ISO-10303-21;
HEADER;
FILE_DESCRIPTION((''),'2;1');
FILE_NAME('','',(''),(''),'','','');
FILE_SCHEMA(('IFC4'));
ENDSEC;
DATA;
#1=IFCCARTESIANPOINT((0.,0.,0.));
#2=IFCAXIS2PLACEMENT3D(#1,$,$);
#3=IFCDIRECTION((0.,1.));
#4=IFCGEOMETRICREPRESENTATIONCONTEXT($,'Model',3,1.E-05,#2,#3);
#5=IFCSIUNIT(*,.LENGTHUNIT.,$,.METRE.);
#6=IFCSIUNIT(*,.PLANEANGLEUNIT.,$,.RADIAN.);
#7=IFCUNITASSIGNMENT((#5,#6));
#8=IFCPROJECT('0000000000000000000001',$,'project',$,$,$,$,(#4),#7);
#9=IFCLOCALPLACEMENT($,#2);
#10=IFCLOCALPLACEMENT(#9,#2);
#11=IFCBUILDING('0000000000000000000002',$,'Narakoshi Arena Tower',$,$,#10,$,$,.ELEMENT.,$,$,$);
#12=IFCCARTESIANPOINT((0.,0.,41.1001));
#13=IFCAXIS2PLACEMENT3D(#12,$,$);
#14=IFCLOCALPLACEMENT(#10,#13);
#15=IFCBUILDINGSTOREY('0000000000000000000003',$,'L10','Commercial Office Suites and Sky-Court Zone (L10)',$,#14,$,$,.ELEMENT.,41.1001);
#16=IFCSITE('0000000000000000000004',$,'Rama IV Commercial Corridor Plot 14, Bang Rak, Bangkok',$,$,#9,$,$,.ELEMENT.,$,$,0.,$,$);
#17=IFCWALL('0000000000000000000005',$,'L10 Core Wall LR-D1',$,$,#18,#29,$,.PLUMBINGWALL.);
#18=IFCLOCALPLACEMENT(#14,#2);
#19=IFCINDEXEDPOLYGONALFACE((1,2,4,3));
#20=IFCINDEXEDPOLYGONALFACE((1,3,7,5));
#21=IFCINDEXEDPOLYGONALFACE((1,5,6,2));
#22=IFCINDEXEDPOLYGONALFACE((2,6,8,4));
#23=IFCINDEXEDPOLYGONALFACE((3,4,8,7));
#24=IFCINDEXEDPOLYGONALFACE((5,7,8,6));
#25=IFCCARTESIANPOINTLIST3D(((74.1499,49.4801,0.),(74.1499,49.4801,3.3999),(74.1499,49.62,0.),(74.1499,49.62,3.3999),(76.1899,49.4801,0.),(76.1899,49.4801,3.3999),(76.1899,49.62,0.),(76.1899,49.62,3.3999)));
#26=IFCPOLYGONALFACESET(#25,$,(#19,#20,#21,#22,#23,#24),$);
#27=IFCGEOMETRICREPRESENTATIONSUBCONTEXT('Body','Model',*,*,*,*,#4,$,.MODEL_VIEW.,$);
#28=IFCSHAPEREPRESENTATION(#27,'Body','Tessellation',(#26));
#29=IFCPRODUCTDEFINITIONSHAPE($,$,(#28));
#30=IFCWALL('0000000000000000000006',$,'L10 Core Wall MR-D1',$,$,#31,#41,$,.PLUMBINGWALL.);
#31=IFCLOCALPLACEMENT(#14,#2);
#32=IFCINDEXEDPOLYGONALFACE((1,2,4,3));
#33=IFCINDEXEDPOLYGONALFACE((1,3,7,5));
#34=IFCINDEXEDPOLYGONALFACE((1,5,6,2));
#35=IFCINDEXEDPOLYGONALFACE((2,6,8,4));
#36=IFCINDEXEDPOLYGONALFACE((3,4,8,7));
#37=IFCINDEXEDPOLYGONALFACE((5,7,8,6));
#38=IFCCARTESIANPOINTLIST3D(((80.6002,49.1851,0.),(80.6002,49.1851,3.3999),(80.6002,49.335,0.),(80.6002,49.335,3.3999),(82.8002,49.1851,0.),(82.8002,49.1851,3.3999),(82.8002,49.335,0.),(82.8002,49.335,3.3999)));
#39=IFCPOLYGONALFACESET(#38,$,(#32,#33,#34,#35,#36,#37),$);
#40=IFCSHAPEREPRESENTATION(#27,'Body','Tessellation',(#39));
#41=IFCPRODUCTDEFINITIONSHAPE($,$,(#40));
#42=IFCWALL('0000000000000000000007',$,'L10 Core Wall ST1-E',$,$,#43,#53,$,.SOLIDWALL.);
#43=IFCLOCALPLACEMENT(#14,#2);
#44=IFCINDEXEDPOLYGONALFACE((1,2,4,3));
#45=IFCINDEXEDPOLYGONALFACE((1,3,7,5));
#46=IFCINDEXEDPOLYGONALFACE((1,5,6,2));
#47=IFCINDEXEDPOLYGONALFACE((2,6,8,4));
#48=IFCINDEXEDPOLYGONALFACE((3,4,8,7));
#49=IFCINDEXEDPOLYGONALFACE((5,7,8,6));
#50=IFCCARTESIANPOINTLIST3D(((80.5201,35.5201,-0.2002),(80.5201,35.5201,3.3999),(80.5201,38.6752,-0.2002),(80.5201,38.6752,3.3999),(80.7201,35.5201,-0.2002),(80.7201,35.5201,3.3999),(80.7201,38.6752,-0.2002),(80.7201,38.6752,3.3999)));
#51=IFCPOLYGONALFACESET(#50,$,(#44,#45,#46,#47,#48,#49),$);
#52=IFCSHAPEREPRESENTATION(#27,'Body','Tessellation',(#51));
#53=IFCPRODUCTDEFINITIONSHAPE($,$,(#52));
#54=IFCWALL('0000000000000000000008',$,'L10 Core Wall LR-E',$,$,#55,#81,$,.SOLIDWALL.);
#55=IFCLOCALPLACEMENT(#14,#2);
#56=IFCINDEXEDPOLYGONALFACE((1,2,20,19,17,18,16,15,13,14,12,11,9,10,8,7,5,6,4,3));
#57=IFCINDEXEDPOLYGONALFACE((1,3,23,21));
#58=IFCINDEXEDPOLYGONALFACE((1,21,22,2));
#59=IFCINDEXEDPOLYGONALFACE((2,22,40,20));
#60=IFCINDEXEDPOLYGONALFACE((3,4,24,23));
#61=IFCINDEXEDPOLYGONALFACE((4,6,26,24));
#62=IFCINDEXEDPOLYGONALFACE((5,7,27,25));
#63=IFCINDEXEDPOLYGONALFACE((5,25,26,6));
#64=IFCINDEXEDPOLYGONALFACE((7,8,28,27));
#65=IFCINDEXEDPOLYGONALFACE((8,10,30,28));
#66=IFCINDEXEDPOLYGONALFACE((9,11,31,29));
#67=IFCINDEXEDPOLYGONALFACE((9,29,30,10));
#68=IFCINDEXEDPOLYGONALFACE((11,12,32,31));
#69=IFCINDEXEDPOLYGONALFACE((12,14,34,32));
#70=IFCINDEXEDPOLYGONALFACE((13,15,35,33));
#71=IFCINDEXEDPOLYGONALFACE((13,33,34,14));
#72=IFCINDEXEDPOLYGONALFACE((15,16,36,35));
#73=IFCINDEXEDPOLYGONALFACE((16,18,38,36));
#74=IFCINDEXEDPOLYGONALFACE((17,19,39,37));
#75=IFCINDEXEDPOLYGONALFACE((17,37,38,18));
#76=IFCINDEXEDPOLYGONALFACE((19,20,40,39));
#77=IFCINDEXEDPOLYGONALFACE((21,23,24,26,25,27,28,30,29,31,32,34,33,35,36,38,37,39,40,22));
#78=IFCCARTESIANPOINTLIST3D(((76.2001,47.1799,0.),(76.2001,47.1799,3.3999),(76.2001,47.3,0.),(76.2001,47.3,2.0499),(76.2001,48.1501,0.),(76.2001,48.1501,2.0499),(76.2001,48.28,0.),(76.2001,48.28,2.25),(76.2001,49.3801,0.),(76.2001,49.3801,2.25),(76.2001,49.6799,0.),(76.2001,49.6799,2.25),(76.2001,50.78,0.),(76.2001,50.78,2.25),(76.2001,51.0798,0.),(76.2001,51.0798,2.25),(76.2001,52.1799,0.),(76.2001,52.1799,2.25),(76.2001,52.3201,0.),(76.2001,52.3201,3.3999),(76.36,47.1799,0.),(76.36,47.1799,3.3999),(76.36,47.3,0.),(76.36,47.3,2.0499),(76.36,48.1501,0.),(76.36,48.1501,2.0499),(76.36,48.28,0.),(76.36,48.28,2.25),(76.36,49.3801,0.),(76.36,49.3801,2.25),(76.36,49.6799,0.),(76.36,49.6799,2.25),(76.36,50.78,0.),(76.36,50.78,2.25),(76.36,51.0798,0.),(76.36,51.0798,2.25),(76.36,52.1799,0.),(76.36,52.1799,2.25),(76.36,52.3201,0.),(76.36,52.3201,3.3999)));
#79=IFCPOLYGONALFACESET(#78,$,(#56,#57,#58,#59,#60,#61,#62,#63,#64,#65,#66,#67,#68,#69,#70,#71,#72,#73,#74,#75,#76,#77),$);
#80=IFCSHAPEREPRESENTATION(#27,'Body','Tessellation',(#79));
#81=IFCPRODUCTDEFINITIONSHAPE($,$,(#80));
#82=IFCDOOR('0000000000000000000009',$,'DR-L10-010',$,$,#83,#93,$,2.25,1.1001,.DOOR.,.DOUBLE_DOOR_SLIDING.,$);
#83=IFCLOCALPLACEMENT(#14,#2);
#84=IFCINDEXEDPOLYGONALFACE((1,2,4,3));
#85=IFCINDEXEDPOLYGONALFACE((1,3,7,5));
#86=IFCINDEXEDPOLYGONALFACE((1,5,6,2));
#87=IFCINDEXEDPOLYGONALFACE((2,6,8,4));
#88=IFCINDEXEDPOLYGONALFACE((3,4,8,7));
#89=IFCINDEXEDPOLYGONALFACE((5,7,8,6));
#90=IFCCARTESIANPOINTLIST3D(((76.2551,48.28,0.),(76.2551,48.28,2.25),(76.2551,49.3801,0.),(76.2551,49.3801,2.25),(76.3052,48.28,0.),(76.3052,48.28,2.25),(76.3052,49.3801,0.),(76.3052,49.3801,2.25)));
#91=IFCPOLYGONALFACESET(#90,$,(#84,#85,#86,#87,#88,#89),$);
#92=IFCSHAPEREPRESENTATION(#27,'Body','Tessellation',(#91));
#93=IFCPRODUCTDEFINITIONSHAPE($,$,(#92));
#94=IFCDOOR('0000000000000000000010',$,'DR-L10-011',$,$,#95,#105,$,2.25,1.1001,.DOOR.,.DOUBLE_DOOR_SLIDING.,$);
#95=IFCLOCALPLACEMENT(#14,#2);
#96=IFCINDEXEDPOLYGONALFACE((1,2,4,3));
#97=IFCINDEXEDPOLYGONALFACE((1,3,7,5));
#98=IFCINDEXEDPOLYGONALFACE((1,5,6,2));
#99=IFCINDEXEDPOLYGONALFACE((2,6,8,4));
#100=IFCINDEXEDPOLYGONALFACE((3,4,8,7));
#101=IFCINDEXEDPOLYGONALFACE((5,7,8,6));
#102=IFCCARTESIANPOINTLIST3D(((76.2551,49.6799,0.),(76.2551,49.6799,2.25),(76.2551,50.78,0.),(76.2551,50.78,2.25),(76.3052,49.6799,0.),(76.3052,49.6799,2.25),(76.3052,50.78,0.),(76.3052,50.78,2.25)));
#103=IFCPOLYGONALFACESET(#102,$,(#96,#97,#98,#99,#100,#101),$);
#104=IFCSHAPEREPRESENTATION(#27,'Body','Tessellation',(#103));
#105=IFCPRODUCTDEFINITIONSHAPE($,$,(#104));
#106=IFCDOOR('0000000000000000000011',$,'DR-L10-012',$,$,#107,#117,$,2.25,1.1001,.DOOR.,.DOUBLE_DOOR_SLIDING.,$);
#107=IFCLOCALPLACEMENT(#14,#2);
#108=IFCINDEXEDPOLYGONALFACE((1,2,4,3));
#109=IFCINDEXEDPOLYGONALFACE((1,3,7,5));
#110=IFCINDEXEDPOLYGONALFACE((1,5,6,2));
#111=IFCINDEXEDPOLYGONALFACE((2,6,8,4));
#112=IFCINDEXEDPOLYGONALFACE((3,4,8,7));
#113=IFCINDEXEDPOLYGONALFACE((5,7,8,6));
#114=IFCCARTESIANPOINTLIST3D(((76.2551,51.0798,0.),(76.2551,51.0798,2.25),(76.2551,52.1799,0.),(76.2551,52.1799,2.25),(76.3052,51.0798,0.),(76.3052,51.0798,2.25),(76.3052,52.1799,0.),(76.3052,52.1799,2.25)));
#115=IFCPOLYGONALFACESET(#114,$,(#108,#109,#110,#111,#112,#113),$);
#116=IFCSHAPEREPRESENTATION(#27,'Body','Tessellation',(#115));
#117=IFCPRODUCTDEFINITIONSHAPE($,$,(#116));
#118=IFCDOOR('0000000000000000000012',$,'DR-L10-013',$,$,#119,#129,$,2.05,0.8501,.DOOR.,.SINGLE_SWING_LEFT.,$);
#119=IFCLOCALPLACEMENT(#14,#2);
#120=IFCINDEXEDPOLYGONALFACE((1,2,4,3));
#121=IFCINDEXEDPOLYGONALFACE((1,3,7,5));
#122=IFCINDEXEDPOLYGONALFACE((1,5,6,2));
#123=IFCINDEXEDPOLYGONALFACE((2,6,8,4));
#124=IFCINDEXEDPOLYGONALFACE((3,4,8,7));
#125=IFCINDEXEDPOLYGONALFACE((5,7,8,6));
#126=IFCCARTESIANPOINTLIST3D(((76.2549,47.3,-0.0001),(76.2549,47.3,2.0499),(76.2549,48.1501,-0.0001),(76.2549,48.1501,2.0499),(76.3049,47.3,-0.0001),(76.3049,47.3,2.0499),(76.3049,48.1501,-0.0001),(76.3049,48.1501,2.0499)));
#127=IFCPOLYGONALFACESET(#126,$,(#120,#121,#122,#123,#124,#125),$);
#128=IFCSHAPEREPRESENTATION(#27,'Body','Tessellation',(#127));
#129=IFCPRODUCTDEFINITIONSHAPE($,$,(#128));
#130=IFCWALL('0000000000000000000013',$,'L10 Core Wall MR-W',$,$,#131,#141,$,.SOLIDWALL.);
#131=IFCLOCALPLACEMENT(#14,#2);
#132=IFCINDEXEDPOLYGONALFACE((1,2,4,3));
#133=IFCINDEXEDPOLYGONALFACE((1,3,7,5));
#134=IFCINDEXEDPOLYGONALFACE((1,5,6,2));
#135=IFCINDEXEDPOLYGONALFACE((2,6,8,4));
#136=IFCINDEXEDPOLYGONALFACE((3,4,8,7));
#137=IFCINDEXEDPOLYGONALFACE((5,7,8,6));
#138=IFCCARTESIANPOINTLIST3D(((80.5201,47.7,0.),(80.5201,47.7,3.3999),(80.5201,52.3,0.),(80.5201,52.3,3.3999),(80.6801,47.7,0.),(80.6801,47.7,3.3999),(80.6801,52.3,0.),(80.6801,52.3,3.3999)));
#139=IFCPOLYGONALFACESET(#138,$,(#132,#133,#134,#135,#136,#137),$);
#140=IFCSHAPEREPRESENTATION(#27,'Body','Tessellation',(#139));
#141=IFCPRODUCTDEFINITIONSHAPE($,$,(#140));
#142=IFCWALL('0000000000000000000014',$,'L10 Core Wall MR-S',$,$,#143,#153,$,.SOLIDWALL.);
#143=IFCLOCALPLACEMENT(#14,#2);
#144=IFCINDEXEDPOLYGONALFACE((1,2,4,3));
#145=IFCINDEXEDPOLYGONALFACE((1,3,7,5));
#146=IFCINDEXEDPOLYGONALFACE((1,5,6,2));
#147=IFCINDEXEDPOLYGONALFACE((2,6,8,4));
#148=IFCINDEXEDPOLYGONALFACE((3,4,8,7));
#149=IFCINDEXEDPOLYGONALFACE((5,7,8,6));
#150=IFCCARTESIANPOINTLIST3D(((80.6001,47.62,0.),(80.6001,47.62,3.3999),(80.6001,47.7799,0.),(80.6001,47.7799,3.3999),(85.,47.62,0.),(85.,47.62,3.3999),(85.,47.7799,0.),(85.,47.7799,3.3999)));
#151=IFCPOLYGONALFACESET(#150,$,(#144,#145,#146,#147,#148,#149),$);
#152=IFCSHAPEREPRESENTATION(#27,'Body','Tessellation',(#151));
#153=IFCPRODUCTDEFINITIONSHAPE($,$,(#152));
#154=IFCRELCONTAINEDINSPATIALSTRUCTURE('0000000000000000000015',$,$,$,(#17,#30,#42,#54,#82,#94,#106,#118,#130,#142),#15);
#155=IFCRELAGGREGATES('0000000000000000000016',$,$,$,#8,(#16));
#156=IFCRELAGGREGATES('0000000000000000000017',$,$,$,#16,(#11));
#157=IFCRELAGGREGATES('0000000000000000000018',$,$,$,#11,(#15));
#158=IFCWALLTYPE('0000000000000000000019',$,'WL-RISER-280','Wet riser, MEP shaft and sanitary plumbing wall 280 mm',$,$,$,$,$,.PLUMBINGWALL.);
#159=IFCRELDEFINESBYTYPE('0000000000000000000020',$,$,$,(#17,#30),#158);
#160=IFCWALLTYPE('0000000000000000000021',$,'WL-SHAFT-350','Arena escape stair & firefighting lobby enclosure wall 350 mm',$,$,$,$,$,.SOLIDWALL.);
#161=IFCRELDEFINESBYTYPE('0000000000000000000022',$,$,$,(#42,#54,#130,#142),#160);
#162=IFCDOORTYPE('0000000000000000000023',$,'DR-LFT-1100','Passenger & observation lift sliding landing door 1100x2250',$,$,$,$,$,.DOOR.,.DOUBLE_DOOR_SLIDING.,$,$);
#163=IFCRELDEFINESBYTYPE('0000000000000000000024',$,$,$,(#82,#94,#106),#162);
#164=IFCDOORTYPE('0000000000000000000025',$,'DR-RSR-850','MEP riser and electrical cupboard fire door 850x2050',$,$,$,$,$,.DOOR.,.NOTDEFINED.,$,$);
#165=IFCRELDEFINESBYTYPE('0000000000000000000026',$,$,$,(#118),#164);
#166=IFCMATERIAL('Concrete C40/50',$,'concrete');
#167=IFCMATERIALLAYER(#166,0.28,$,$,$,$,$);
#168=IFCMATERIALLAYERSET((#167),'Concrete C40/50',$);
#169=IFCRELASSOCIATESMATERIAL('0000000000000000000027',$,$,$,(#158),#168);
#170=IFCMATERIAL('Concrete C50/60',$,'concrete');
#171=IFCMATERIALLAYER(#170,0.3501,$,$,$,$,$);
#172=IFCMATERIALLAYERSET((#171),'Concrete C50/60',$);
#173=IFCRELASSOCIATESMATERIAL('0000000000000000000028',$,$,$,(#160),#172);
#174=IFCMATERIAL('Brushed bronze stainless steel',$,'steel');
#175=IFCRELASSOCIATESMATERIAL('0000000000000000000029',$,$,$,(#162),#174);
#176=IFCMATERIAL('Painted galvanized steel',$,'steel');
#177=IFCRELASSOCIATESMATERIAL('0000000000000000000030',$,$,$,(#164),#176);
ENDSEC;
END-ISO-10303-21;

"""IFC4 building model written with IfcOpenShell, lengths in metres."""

from ifc_helpers import new_model, si_unit, direction, frame, frame_2d, origin, place, context, subcontext, project, spatial, rectangle, extrude, material, layer, layer_set, type_object, element, fill, save


model = new_model("IFC4")

# Units and contexts
model_context = context("Model", 3, precision=1e-05, world=origin(), true_north=direction((0.0, 1.0)))
body_context = subcontext(model_context, "Body", "Model", "MODEL_VIEW")
ifc_project = project(units=[si_unit("LENGTHUNIT", "METRE"), si_unit("PLANEANGLEUNIT", "RADIAN")], contexts=[model_context])

# Site, building, storey
site_placement = place(None, origin())
site = spatial("IfcSite", under=ifc_project, at=site_placement, Name="Rama IV Commercial Corridor Plot 14, Bang Rak, Bangkok", CompositionType="ELEMENT", RefElevation=0.0)
building_placement = place(site_placement, origin())
building = spatial("IfcBuilding", under=site, at=building_placement, Name="Narakoshi Arena Tower", CompositionType="ELEMENT")
storey_placement = place(building_placement, frame((0.0, 0.0, 41.1001)))
storey = spatial("IfcBuildingStorey", under=building, at=storey_placement, Name="L10", Description="Commercial Office Suites and Sky-Court Zone (L10)", CompositionType="ELEMENT", Elevation=41.1001)

# Walls
ifc_material_1 = material(Name="Concrete C40/50", Category="concrete")
ifc_layer_1 = layer(ifc_material_1, 0.28)
ifc_layer_set_1 = layer_set([ifc_layer_1], Name="Concrete C40/50")
wall_type_1 = type_object("IfcWallType", Name="WL-RISER-280", Description="Wet riser, MEP shaft and sanitary plumbing wall 280 mm", PredefinedType="PLUMBINGWALL", material=ifc_layer_set_1)
wall_1_placement = place(storey_placement, frame((74.1499, 49.55, 0.0), z_axis=(0.0, 0.0, 1.0), x_axis=(1.0, 0.0, 0.0)))
element("IfcWall", 1, at=wall_1_placement, inside=storey, type_object=wall_type_1, Name="L10 Core Wall LR-D1", PredefinedType="PLUMBINGWALL", context=body_context, shape_type="SweptSolid", body=[
    extrude(rectangle(XDim=2.04, YDim=0.1399, at=frame_2d((1.02, 0.0))), origin(), (0.0, 0.0, 1.0), 3.3999),
])
wall_2_placement = place(storey_placement, frame((80.6001, 49.26, 0.0), z_axis=(0.0, 0.0, 1.0), x_axis=(1.0, 0.0, 0.0)))
element("IfcWall", 2, at=wall_2_placement, inside=storey, type_object=wall_type_1, Name="L10 Core Wall MR-D1", PredefinedType="PLUMBINGWALL", context=body_context, shape_type="SweptSolid", body=[
    extrude(rectangle(XDim=2.2, YDim=0.1499, at=frame_2d((1.1001, 0.0))), origin(), (0.0, 0.0, 1.0), 3.3999),
])
ifc_material_2 = material(Name="Concrete C50/60", Category="concrete")
ifc_layer_2 = layer(ifc_material_2, 0.3501)
ifc_layer_set_2 = layer_set([ifc_layer_2], Name="Concrete C50/60")
wall_type_2 = type_object("IfcWallType", Name="WL-SHAFT-350", Description="Arena escape stair & firefighting lobby enclosure wall 350 mm", PredefinedType="SOLIDWALL", material=ifc_layer_set_2)
wall_3_placement = place(storey_placement, frame((80.6201, 35.52, -0.2002), z_axis=(0.0, 0.0, 1.0), x_axis=(0.0, 1.0, 0.0)))
element("IfcWall", 3, at=wall_3_placement, inside=storey, type_object=wall_type_2, Name="L10 Core Wall ST1-E", PredefinedType="SOLIDWALL", context=body_context, shape_type="SweptSolid", body=[
    extrude(rectangle(XDim=3.155, YDim=0.2, at=frame_2d((1.5776, 0.0))), origin(), (0.0, 0.0, 1.0), 3.6001),
])

# Wall, openings, doors
wall_4_placement = place(storey_placement, frame((76.28, 47.1799, 0.0), z_axis=(0.0, 0.0, 1.0), x_axis=(0.0, 1.0, 0.0)))
wall_4 = element("IfcWall", 4, at=wall_4_placement, inside=storey, type_object=wall_type_2, Name="L10 Core Wall LR-E", PredefinedType="SOLIDWALL", context=body_context, shape_type="SweptSolid", body=[
    extrude(rectangle(XDim=5.1401, YDim=0.1599, at=frame_2d((2.5701, 0.0))), origin(), (0.0, 0.0, 1.0), 3.3999),
])
opening_1_placement = place(wall_4_placement, frame((1.1001, 0.0, 0.0)))
opening_1 = element("IfcOpeningElement", 5, at=opening_1_placement, cuts=wall_4, PredefinedType="OPENING", context=body_context, shape_type="SweptSolid", body=[
    extrude(rectangle(XDim=1.1001, YDim=2.25, at=frame_2d((0.55, 1.125))), frame((0.0, 0.0898, 0.0), z_axis=(0.0, -1.0, 0.0), x_axis=(1.0, 0.0, 0.0)), (0.0, 0.0, 1.0), 0.1799),
])
opening_2_placement = place(wall_4_placement, frame((2.5, 0.0, 0.0)))
opening_2 = element("IfcOpeningElement", 6, at=opening_2_placement, cuts=wall_4, PredefinedType="OPENING", context=body_context, shape_type="SweptSolid", body=[
    extrude(rectangle(XDim=1.1001, YDim=2.25, at=frame_2d((0.55, 1.125))), frame((0.0, 0.0898, 0.0), z_axis=(0.0, -1.0, 0.0), x_axis=(1.0, 0.0, 0.0)), (0.0, 0.0, 1.0), 0.1799),
])
opening_3_placement = place(wall_4_placement, frame((3.8999, 0.0, 0.0)))
opening_3 = element("IfcOpeningElement", 7, at=opening_3_placement, cuts=wall_4, PredefinedType="OPENING", context=body_context, shape_type="SweptSolid", body=[
    extrude(rectangle(XDim=1.1001, YDim=2.25, at=frame_2d((0.55, 1.125))), frame((0.0, 0.0898, 0.0), z_axis=(0.0, -1.0, 0.0), x_axis=(1.0, 0.0, 0.0)), (0.0, 0.0, 1.0), 0.1799),
])
opening_4_placement = place(wall_4_placement, frame((0.1201, 0.0, 0.0)))
opening_4 = element("IfcOpeningElement", 8, at=opening_4_placement, cuts=wall_4, PredefinedType="OPENING", context=body_context, shape_type="SweptSolid", body=[
    extrude(rectangle(XDim=0.8501, YDim=2.05, at=frame_2d((0.425, 1.0249))), frame((0.0, 0.0898, 0.0), z_axis=(0.0, -1.0, 0.0), x_axis=(1.0, 0.0, 0.0)), (0.0, 0.0, 1.0), 0.1799),
])
ifc_material_3 = material(Name="Brushed bronze stainless steel", Category="steel")
door_type_1 = type_object("IfcDoorType", Name="DR-LFT-1100", Description="Passenger & observation lift sliding landing door 1100x2250", OperationType="DOUBLE_DOOR_SLIDING", PredefinedType="DOOR", material=ifc_material_3)
door_1_placement = place(opening_1_placement, origin())
door_1 = element("IfcDoor", 9, at=door_1_placement, inside=storey, type_object=door_type_1, Name="DR-L10-010", OperationType="DOUBLE_DOOR_SLIDING", OverallHeight=2.25, OverallWidth=1.1001, PredefinedType="DOOR", context=body_context, shape_type="SweptSolid", body=[
    extrude(rectangle(XDim=1.1001, YDim=2.25, at=frame_2d((0.55, 1.125))), frame((0.0, 0.0249, 0.0), z_axis=(0.0, -1.0, 0.0), x_axis=(1.0, 0.0, 0.0)), (0.0, 0.0, 1.0), 0.05),
])
fill(opening_1, door_1)
door_2_placement = place(opening_2_placement, origin())
door_2 = element("IfcDoor", 10, at=door_2_placement, inside=storey, type_object=door_type_1, Name="DR-L10-011", OperationType="DOUBLE_DOOR_SLIDING", OverallHeight=2.25, OverallWidth=1.1001, PredefinedType="DOOR", context=body_context, shape_type="SweptSolid", body=[
    extrude(rectangle(XDim=1.1001, YDim=2.25, at=frame_2d((0.55, 1.125))), frame((0.0, 0.0249, 0.0), z_axis=(0.0, -1.0, 0.0), x_axis=(1.0, 0.0, 0.0)), (0.0, 0.0, 1.0), 0.05),
])
fill(opening_2, door_2)
door_3_placement = place(opening_3_placement, origin())
door_3 = element("IfcDoor", 11, at=door_3_placement, inside=storey, type_object=door_type_1, Name="DR-L10-012", OperationType="DOUBLE_DOOR_SLIDING", OverallHeight=2.25, OverallWidth=1.1001, PredefinedType="DOOR", context=body_context, shape_type="SweptSolid", body=[
    extrude(rectangle(XDim=1.1001, YDim=2.25, at=frame_2d((0.55, 1.125))), frame((0.0, 0.0249, 0.0), z_axis=(0.0, -1.0, 0.0), x_axis=(1.0, 0.0, 0.0)), (0.0, 0.0, 1.0), 0.05),
])
fill(opening_3, door_3)
ifc_material_4 = material(Name="Painted galvanized steel", Category="steel")
door_type_2 = type_object("IfcDoorType", Name="DR-RSR-850", Description="MEP riser and electrical cupboard fire door 850x2050", OperationType="NOTDEFINED", PredefinedType="DOOR", material=ifc_material_4)
door_4_placement = place(opening_4_placement, frame((0.8501, 0.0, 0.0), z_axis=(0.0, 0.0, 1.0), x_axis=(-1.0, 0.0, 0.0)))
door_4 = element("IfcDoor", 12, at=door_4_placement, inside=storey, type_object=door_type_2, Name="DR-L10-013", OperationType="SINGLE_SWING_LEFT", OverallHeight=2.05, OverallWidth=0.8501, PredefinedType="DOOR", context=body_context, shape_type="SweptSolid", body=[
    extrude(rectangle(XDim=0.8501, YDim=2.05, at=frame_2d((0.425, 1.0249))), frame((0.0, 0.0249, 0.0), z_axis=(0.0, -1.0, 0.0), x_axis=(1.0, 0.0, 0.0)), (0.0, 0.0, 1.0), 0.05),
])
fill(opening_4, door_4)

# Walls
wall_5_placement = place(storey_placement, frame((80.6001, 47.7, 0.0), z_axis=(0.0, 0.0, 1.0), x_axis=(0.0, 1.0, 0.0)))
element("IfcWall", 13, at=wall_5_placement, inside=storey, type_object=wall_type_2, Name="L10 Core Wall MR-W", PredefinedType="SOLIDWALL", context=body_context, shape_type="SweptSolid", body=[
    extrude(rectangle(XDim=4.6001, YDim=0.1599, at=frame_2d((2.3, 0.0))), origin(), (0.0, 0.0, 1.0), 3.3999),
])
wall_6_placement = place(storey_placement, frame((80.6001, 47.7, 0.0), z_axis=(0.0, 0.0, 1.0), x_axis=(1.0, 0.0, 0.0)))
element("IfcWall", 14, at=wall_6_placement, inside=storey, type_object=wall_type_2, Name="L10 Core Wall MR-S", PredefinedType="SOLIDWALL", context=body_context, shape_type="SweptSolid", body=[
    extrude(rectangle(XDim=4.3999, YDim=0.1599, at=frame_2d((2.2, 0.0))), origin(), (0.0, 0.0, 1.0), 3.3999),
])

save(model, "model.ifc")
